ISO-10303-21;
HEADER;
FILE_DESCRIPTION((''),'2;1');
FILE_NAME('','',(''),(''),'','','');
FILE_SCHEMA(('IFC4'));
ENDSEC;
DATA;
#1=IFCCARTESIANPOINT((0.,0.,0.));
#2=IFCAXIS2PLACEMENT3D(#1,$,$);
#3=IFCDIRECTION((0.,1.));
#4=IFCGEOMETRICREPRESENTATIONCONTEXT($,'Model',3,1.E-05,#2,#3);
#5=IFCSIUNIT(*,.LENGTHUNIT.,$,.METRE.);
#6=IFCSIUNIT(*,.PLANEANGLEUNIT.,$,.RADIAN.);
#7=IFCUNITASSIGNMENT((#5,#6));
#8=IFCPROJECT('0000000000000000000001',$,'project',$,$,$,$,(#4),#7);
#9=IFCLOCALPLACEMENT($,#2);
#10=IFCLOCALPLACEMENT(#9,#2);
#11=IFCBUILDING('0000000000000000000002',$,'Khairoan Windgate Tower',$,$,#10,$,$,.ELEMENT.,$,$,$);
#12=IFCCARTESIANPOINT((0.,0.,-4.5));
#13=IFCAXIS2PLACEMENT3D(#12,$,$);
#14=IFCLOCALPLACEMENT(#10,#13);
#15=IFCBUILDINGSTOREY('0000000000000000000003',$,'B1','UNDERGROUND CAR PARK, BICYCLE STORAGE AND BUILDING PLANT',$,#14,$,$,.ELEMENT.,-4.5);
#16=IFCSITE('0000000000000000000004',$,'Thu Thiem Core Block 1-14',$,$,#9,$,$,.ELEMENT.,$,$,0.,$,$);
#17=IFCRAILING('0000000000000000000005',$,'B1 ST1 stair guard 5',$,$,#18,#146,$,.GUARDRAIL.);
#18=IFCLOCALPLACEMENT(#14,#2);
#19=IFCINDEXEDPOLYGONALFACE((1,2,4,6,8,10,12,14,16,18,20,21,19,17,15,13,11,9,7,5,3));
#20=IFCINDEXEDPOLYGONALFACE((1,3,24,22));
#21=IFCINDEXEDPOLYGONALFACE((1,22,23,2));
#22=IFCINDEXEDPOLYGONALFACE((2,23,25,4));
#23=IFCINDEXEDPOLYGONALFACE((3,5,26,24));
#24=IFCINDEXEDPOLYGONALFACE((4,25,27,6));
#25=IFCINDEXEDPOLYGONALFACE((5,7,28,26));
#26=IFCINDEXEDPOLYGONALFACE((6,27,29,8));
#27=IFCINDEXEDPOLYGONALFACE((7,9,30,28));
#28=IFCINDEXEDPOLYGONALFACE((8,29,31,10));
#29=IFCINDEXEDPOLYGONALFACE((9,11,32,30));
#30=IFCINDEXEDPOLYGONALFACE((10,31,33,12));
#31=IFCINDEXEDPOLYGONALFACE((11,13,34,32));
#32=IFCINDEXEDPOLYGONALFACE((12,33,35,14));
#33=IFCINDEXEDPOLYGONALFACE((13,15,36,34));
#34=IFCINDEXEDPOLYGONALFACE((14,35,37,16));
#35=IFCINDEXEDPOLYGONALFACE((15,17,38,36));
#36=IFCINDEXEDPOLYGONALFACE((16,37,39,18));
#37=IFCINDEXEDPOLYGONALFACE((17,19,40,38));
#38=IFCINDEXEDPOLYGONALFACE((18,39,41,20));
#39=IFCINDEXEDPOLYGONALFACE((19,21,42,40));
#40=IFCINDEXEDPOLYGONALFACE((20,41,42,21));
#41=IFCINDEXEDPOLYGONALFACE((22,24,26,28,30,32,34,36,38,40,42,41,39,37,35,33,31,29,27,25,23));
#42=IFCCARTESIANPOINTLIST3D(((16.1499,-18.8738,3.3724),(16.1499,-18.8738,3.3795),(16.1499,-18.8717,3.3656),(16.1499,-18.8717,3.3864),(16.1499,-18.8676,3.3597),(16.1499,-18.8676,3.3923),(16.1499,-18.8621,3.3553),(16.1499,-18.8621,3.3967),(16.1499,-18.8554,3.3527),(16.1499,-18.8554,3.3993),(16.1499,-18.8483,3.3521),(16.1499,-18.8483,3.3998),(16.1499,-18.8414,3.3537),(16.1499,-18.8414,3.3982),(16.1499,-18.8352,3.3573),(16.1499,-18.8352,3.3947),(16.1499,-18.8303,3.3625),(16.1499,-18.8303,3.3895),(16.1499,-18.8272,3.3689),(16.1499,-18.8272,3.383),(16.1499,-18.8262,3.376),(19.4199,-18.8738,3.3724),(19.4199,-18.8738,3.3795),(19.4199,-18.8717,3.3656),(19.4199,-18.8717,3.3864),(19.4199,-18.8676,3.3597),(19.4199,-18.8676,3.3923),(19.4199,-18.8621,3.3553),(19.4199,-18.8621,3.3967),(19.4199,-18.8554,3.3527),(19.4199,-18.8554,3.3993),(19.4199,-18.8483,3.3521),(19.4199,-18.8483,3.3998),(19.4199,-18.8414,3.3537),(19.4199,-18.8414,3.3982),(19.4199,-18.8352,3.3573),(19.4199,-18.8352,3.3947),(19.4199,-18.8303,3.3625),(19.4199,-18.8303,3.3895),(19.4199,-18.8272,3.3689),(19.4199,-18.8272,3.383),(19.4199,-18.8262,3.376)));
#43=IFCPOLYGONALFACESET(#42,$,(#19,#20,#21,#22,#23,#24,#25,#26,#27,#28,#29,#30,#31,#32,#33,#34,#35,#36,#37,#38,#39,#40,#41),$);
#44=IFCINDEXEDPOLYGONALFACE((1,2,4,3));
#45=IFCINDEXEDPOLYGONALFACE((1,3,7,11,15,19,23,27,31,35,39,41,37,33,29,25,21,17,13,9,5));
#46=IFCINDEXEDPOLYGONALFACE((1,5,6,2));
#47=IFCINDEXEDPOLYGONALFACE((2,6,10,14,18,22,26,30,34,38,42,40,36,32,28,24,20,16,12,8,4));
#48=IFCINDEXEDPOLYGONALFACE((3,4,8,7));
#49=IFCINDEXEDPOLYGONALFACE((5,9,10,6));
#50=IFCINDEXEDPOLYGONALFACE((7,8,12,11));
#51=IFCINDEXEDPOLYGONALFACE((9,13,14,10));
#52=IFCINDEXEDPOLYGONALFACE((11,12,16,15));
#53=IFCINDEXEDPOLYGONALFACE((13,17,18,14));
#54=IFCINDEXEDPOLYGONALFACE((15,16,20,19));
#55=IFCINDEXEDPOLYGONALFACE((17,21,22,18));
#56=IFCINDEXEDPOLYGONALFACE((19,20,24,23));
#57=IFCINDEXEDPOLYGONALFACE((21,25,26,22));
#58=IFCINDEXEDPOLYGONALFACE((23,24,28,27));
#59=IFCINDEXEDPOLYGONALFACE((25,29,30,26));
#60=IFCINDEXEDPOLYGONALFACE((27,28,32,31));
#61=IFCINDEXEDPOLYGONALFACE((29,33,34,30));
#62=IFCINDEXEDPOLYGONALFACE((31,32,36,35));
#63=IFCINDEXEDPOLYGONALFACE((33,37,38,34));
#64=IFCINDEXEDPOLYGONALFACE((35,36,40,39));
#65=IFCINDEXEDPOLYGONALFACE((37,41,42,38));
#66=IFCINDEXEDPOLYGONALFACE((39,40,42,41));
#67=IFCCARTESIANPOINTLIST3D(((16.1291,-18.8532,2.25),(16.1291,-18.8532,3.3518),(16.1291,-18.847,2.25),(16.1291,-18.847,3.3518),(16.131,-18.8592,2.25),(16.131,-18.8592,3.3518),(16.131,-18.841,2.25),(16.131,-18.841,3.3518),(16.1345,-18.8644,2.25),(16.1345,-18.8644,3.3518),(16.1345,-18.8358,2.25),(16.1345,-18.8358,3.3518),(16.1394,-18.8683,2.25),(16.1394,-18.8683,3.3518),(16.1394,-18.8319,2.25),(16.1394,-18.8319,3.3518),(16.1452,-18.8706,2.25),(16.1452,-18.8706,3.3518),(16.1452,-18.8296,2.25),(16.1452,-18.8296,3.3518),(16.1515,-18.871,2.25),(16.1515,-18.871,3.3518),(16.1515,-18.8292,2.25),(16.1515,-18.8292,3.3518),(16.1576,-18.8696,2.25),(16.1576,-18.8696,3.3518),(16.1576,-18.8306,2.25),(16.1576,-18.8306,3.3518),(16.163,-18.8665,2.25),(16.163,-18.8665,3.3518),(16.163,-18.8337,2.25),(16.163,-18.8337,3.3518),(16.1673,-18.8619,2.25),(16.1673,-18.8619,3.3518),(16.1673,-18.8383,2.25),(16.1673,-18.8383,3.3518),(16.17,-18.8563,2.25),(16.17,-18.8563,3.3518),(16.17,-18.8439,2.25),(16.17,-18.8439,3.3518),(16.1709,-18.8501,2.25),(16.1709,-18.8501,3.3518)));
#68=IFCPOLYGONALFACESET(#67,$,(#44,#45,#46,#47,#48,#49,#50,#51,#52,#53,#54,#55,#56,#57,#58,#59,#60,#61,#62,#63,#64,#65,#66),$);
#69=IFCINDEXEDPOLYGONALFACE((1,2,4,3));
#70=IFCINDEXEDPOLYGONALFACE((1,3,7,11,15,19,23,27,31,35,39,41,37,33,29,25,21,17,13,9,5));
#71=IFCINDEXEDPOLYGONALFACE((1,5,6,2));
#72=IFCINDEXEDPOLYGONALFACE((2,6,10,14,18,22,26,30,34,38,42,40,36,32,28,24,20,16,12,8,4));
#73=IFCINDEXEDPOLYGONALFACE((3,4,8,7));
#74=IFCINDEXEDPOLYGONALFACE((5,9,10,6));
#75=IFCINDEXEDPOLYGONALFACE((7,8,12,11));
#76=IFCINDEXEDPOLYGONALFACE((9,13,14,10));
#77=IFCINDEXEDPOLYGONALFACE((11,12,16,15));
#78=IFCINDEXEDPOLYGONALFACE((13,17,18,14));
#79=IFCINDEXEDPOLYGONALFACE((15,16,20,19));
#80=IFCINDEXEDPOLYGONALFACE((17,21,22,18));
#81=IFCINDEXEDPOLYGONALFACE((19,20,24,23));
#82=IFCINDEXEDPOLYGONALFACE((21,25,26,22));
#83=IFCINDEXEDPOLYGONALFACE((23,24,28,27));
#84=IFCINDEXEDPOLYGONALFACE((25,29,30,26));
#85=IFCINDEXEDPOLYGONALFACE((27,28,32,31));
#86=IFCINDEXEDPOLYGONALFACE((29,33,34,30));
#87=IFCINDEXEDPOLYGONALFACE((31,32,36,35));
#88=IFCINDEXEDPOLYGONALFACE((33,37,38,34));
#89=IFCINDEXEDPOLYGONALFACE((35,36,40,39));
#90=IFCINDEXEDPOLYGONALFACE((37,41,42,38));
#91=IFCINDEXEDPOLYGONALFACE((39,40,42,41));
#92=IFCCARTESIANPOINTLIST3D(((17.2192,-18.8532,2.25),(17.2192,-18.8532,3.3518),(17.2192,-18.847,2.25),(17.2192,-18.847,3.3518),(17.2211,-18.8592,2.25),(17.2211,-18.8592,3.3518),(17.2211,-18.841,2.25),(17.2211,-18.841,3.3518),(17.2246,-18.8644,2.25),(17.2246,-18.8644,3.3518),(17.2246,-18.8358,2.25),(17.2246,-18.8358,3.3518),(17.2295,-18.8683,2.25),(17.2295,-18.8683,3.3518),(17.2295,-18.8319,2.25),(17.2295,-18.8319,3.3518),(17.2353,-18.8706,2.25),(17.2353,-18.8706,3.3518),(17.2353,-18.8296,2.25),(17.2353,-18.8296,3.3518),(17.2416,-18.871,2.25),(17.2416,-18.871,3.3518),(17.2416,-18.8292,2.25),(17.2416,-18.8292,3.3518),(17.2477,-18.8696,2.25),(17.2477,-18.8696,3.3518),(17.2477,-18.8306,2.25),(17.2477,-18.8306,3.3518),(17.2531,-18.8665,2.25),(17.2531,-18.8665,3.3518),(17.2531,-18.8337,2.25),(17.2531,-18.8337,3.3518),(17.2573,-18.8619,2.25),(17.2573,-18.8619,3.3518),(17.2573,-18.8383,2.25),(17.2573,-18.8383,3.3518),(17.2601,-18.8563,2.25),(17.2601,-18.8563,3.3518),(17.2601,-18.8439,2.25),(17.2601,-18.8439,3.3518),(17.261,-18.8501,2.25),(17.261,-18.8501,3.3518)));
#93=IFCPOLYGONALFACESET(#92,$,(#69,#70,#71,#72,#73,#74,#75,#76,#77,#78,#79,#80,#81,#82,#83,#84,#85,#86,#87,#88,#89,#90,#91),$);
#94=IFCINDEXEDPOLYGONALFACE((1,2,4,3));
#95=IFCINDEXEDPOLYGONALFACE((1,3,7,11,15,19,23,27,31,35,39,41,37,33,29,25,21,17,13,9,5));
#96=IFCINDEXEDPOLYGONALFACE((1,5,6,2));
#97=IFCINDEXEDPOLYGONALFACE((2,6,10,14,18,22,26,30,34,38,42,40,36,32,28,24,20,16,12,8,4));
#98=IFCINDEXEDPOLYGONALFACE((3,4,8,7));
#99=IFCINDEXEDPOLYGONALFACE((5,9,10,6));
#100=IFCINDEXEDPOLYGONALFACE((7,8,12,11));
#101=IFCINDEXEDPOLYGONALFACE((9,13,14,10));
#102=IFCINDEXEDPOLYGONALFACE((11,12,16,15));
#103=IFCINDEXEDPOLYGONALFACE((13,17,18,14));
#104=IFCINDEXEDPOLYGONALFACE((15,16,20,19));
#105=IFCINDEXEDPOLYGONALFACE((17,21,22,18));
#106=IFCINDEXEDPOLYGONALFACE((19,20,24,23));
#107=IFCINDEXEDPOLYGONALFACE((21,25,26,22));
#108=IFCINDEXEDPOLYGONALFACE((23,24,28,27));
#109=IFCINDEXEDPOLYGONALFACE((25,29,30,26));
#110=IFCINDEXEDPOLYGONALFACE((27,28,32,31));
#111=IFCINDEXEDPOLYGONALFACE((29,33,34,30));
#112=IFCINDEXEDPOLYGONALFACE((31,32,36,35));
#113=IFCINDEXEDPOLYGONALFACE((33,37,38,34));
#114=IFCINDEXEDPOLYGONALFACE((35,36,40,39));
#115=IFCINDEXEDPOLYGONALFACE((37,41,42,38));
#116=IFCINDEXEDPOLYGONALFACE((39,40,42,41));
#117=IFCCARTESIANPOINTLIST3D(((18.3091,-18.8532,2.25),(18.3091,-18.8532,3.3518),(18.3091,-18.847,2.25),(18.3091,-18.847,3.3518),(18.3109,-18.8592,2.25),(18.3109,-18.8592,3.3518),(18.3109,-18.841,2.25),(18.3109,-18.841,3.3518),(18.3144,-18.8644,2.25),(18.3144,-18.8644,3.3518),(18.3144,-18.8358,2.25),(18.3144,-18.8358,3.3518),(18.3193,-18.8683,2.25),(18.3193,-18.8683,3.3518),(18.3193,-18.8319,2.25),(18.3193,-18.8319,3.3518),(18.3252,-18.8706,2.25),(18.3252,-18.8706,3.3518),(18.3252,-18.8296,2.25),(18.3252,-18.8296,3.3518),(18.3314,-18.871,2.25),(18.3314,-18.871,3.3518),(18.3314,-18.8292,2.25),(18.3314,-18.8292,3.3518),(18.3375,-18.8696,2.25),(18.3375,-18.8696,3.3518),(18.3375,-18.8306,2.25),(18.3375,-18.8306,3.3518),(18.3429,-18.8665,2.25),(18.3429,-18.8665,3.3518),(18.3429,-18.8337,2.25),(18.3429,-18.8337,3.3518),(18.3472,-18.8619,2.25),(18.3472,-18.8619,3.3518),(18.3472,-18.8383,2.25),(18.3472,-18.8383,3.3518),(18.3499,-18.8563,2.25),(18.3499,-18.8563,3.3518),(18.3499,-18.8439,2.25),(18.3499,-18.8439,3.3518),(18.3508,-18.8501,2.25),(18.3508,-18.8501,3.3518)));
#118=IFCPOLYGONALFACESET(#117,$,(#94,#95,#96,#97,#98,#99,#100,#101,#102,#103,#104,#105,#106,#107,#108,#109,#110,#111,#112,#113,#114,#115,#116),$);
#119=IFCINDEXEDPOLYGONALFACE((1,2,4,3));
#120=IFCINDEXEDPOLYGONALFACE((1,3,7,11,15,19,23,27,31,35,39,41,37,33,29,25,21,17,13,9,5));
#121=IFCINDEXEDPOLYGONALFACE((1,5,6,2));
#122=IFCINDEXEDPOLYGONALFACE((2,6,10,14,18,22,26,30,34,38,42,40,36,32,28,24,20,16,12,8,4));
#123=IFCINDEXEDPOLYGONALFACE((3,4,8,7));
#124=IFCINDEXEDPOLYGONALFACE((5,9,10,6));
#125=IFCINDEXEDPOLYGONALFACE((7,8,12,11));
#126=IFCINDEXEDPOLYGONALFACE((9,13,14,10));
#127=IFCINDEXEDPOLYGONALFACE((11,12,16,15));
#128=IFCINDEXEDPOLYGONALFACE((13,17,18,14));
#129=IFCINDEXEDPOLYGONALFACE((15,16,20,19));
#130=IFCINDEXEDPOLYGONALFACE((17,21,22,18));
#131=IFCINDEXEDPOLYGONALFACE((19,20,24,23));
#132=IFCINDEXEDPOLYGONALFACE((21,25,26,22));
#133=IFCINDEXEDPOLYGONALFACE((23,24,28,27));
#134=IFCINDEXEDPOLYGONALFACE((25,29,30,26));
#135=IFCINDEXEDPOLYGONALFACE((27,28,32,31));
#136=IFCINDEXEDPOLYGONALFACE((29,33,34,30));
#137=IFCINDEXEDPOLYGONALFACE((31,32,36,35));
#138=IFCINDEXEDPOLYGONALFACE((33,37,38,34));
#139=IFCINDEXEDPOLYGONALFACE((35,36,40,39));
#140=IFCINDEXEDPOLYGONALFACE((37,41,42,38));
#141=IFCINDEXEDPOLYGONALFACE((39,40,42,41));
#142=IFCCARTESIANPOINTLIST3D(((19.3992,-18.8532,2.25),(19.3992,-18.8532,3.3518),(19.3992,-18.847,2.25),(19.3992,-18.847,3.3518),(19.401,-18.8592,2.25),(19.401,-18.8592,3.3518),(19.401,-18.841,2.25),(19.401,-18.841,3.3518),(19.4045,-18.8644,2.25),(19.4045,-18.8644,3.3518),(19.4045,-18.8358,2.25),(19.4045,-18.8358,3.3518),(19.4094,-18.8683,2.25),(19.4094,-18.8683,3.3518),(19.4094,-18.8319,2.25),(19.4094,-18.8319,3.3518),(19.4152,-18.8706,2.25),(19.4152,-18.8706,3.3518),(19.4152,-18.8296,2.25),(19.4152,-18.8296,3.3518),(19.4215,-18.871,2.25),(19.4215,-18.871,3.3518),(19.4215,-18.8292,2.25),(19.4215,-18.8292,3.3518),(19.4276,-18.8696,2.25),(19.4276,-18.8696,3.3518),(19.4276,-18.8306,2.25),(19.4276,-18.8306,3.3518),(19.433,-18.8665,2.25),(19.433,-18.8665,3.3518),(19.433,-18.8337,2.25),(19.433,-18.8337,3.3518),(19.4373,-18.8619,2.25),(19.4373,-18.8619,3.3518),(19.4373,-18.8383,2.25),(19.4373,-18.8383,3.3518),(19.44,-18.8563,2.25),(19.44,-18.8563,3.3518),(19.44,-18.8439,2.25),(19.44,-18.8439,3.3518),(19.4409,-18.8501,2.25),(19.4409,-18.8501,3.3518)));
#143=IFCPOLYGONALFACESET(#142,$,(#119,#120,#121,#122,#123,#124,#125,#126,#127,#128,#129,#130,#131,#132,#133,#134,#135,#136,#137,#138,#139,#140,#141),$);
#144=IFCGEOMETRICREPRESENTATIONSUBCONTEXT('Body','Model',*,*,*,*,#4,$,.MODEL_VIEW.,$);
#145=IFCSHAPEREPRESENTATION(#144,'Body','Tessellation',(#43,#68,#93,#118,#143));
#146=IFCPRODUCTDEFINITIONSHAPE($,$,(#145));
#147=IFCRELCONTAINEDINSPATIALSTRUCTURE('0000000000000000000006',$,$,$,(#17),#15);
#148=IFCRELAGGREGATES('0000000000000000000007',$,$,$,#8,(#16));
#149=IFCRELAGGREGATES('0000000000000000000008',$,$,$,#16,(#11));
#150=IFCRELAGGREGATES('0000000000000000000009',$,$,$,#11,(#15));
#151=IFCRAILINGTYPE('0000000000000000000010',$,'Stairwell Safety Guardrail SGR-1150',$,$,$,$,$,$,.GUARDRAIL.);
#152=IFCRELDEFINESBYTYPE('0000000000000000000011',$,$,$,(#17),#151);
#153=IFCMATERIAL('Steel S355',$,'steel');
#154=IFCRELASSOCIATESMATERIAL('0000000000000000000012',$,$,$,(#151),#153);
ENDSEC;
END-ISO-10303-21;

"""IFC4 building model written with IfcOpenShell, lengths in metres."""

from ifc_helpers import new_model, si_unit, direction, frame, origin, origin_2d, place, context, subcontext, project, spatial, circle, extrude, material, type_object, element, save


model = new_model("IFC4")

# Units and contexts
model_context = context("Model", 3, precision=1e-05, world=origin(), true_north=direction((0.0, 1.0)))
body_context = subcontext(model_context, "Body", "Model", "MODEL_VIEW")
ifc_project = project(units=[si_unit("LENGTHUNIT", "METRE"), si_unit("PLANEANGLEUNIT", "RADIAN")], contexts=[model_context])

# Site, building, storey
site_placement = place(None, origin())
site = spatial("IfcSite", under=ifc_project, at=site_placement, Name="Thu Thiem Core Block 1-14", CompositionType="ELEMENT", RefElevation=0.0)
building_placement = place(site_placement, origin())
building = spatial("IfcBuilding", under=site, at=building_placement, Name="Khairoan Windgate Tower", CompositionType="ELEMENT")
storey_placement = place(building_placement, frame((0.0, 0.0, -4.5)))
storey = spatial("IfcBuildingStorey", under=building, at=storey_placement, Name="B1", Description="UNDERGROUND CAR PARK, BICYCLE STORAGE AND BUILDING PLANT", CompositionType="ELEMENT", Elevation=-4.5)

# Railing
ifc_material_1 = material(Name="Steel S355", Category="steel")
railing_type_1 = type_object("IfcRailingType", Name="Stairwell Safety Guardrail SGR-1150", PredefinedType="GUARDRAIL", material=ifc_material_1)
railing_1_placement = place(storey_placement, frame((16.1499, -18.8501, 2.25)))
element("IfcRailing", 1, at=railing_1_placement, inside=storey, type_object=railing_type_1, Name="B1 ST1 stair guard 5", PredefinedType="GUARDRAIL", context=body_context, shape_type="SweptSolid", body=[
    extrude(circle(Radius=0.0239, at=origin_2d()), frame((0.0, 0.0, 1.126), z_axis=(1.0, 0.0, 0.0), x_axis=(0.0, 1.0, 0.0)), (0.0, 0.0, 1.0), 3.27),
    extrude(circle(Radius=0.021, at=origin_2d()), origin(), (0.0, 0.0, 1.0), 1.1018),
    extrude(circle(Radius=0.021, at=origin_2d()), frame((1.0901, 0.0, 0.0)), (0.0, 0.0, 1.0), 1.1018),
    extrude(circle(Radius=0.021, at=origin_2d()), frame((2.1799, 0.0, 0.0)), (0.0, 0.0, 1.0), 1.1018),
    extrude(circle(Radius=0.021, at=origin_2d()), frame((3.27, 0.0, 0.0)), (0.0, 0.0, 1.0), 1.1018),
])

save(model, "model.ifc")
